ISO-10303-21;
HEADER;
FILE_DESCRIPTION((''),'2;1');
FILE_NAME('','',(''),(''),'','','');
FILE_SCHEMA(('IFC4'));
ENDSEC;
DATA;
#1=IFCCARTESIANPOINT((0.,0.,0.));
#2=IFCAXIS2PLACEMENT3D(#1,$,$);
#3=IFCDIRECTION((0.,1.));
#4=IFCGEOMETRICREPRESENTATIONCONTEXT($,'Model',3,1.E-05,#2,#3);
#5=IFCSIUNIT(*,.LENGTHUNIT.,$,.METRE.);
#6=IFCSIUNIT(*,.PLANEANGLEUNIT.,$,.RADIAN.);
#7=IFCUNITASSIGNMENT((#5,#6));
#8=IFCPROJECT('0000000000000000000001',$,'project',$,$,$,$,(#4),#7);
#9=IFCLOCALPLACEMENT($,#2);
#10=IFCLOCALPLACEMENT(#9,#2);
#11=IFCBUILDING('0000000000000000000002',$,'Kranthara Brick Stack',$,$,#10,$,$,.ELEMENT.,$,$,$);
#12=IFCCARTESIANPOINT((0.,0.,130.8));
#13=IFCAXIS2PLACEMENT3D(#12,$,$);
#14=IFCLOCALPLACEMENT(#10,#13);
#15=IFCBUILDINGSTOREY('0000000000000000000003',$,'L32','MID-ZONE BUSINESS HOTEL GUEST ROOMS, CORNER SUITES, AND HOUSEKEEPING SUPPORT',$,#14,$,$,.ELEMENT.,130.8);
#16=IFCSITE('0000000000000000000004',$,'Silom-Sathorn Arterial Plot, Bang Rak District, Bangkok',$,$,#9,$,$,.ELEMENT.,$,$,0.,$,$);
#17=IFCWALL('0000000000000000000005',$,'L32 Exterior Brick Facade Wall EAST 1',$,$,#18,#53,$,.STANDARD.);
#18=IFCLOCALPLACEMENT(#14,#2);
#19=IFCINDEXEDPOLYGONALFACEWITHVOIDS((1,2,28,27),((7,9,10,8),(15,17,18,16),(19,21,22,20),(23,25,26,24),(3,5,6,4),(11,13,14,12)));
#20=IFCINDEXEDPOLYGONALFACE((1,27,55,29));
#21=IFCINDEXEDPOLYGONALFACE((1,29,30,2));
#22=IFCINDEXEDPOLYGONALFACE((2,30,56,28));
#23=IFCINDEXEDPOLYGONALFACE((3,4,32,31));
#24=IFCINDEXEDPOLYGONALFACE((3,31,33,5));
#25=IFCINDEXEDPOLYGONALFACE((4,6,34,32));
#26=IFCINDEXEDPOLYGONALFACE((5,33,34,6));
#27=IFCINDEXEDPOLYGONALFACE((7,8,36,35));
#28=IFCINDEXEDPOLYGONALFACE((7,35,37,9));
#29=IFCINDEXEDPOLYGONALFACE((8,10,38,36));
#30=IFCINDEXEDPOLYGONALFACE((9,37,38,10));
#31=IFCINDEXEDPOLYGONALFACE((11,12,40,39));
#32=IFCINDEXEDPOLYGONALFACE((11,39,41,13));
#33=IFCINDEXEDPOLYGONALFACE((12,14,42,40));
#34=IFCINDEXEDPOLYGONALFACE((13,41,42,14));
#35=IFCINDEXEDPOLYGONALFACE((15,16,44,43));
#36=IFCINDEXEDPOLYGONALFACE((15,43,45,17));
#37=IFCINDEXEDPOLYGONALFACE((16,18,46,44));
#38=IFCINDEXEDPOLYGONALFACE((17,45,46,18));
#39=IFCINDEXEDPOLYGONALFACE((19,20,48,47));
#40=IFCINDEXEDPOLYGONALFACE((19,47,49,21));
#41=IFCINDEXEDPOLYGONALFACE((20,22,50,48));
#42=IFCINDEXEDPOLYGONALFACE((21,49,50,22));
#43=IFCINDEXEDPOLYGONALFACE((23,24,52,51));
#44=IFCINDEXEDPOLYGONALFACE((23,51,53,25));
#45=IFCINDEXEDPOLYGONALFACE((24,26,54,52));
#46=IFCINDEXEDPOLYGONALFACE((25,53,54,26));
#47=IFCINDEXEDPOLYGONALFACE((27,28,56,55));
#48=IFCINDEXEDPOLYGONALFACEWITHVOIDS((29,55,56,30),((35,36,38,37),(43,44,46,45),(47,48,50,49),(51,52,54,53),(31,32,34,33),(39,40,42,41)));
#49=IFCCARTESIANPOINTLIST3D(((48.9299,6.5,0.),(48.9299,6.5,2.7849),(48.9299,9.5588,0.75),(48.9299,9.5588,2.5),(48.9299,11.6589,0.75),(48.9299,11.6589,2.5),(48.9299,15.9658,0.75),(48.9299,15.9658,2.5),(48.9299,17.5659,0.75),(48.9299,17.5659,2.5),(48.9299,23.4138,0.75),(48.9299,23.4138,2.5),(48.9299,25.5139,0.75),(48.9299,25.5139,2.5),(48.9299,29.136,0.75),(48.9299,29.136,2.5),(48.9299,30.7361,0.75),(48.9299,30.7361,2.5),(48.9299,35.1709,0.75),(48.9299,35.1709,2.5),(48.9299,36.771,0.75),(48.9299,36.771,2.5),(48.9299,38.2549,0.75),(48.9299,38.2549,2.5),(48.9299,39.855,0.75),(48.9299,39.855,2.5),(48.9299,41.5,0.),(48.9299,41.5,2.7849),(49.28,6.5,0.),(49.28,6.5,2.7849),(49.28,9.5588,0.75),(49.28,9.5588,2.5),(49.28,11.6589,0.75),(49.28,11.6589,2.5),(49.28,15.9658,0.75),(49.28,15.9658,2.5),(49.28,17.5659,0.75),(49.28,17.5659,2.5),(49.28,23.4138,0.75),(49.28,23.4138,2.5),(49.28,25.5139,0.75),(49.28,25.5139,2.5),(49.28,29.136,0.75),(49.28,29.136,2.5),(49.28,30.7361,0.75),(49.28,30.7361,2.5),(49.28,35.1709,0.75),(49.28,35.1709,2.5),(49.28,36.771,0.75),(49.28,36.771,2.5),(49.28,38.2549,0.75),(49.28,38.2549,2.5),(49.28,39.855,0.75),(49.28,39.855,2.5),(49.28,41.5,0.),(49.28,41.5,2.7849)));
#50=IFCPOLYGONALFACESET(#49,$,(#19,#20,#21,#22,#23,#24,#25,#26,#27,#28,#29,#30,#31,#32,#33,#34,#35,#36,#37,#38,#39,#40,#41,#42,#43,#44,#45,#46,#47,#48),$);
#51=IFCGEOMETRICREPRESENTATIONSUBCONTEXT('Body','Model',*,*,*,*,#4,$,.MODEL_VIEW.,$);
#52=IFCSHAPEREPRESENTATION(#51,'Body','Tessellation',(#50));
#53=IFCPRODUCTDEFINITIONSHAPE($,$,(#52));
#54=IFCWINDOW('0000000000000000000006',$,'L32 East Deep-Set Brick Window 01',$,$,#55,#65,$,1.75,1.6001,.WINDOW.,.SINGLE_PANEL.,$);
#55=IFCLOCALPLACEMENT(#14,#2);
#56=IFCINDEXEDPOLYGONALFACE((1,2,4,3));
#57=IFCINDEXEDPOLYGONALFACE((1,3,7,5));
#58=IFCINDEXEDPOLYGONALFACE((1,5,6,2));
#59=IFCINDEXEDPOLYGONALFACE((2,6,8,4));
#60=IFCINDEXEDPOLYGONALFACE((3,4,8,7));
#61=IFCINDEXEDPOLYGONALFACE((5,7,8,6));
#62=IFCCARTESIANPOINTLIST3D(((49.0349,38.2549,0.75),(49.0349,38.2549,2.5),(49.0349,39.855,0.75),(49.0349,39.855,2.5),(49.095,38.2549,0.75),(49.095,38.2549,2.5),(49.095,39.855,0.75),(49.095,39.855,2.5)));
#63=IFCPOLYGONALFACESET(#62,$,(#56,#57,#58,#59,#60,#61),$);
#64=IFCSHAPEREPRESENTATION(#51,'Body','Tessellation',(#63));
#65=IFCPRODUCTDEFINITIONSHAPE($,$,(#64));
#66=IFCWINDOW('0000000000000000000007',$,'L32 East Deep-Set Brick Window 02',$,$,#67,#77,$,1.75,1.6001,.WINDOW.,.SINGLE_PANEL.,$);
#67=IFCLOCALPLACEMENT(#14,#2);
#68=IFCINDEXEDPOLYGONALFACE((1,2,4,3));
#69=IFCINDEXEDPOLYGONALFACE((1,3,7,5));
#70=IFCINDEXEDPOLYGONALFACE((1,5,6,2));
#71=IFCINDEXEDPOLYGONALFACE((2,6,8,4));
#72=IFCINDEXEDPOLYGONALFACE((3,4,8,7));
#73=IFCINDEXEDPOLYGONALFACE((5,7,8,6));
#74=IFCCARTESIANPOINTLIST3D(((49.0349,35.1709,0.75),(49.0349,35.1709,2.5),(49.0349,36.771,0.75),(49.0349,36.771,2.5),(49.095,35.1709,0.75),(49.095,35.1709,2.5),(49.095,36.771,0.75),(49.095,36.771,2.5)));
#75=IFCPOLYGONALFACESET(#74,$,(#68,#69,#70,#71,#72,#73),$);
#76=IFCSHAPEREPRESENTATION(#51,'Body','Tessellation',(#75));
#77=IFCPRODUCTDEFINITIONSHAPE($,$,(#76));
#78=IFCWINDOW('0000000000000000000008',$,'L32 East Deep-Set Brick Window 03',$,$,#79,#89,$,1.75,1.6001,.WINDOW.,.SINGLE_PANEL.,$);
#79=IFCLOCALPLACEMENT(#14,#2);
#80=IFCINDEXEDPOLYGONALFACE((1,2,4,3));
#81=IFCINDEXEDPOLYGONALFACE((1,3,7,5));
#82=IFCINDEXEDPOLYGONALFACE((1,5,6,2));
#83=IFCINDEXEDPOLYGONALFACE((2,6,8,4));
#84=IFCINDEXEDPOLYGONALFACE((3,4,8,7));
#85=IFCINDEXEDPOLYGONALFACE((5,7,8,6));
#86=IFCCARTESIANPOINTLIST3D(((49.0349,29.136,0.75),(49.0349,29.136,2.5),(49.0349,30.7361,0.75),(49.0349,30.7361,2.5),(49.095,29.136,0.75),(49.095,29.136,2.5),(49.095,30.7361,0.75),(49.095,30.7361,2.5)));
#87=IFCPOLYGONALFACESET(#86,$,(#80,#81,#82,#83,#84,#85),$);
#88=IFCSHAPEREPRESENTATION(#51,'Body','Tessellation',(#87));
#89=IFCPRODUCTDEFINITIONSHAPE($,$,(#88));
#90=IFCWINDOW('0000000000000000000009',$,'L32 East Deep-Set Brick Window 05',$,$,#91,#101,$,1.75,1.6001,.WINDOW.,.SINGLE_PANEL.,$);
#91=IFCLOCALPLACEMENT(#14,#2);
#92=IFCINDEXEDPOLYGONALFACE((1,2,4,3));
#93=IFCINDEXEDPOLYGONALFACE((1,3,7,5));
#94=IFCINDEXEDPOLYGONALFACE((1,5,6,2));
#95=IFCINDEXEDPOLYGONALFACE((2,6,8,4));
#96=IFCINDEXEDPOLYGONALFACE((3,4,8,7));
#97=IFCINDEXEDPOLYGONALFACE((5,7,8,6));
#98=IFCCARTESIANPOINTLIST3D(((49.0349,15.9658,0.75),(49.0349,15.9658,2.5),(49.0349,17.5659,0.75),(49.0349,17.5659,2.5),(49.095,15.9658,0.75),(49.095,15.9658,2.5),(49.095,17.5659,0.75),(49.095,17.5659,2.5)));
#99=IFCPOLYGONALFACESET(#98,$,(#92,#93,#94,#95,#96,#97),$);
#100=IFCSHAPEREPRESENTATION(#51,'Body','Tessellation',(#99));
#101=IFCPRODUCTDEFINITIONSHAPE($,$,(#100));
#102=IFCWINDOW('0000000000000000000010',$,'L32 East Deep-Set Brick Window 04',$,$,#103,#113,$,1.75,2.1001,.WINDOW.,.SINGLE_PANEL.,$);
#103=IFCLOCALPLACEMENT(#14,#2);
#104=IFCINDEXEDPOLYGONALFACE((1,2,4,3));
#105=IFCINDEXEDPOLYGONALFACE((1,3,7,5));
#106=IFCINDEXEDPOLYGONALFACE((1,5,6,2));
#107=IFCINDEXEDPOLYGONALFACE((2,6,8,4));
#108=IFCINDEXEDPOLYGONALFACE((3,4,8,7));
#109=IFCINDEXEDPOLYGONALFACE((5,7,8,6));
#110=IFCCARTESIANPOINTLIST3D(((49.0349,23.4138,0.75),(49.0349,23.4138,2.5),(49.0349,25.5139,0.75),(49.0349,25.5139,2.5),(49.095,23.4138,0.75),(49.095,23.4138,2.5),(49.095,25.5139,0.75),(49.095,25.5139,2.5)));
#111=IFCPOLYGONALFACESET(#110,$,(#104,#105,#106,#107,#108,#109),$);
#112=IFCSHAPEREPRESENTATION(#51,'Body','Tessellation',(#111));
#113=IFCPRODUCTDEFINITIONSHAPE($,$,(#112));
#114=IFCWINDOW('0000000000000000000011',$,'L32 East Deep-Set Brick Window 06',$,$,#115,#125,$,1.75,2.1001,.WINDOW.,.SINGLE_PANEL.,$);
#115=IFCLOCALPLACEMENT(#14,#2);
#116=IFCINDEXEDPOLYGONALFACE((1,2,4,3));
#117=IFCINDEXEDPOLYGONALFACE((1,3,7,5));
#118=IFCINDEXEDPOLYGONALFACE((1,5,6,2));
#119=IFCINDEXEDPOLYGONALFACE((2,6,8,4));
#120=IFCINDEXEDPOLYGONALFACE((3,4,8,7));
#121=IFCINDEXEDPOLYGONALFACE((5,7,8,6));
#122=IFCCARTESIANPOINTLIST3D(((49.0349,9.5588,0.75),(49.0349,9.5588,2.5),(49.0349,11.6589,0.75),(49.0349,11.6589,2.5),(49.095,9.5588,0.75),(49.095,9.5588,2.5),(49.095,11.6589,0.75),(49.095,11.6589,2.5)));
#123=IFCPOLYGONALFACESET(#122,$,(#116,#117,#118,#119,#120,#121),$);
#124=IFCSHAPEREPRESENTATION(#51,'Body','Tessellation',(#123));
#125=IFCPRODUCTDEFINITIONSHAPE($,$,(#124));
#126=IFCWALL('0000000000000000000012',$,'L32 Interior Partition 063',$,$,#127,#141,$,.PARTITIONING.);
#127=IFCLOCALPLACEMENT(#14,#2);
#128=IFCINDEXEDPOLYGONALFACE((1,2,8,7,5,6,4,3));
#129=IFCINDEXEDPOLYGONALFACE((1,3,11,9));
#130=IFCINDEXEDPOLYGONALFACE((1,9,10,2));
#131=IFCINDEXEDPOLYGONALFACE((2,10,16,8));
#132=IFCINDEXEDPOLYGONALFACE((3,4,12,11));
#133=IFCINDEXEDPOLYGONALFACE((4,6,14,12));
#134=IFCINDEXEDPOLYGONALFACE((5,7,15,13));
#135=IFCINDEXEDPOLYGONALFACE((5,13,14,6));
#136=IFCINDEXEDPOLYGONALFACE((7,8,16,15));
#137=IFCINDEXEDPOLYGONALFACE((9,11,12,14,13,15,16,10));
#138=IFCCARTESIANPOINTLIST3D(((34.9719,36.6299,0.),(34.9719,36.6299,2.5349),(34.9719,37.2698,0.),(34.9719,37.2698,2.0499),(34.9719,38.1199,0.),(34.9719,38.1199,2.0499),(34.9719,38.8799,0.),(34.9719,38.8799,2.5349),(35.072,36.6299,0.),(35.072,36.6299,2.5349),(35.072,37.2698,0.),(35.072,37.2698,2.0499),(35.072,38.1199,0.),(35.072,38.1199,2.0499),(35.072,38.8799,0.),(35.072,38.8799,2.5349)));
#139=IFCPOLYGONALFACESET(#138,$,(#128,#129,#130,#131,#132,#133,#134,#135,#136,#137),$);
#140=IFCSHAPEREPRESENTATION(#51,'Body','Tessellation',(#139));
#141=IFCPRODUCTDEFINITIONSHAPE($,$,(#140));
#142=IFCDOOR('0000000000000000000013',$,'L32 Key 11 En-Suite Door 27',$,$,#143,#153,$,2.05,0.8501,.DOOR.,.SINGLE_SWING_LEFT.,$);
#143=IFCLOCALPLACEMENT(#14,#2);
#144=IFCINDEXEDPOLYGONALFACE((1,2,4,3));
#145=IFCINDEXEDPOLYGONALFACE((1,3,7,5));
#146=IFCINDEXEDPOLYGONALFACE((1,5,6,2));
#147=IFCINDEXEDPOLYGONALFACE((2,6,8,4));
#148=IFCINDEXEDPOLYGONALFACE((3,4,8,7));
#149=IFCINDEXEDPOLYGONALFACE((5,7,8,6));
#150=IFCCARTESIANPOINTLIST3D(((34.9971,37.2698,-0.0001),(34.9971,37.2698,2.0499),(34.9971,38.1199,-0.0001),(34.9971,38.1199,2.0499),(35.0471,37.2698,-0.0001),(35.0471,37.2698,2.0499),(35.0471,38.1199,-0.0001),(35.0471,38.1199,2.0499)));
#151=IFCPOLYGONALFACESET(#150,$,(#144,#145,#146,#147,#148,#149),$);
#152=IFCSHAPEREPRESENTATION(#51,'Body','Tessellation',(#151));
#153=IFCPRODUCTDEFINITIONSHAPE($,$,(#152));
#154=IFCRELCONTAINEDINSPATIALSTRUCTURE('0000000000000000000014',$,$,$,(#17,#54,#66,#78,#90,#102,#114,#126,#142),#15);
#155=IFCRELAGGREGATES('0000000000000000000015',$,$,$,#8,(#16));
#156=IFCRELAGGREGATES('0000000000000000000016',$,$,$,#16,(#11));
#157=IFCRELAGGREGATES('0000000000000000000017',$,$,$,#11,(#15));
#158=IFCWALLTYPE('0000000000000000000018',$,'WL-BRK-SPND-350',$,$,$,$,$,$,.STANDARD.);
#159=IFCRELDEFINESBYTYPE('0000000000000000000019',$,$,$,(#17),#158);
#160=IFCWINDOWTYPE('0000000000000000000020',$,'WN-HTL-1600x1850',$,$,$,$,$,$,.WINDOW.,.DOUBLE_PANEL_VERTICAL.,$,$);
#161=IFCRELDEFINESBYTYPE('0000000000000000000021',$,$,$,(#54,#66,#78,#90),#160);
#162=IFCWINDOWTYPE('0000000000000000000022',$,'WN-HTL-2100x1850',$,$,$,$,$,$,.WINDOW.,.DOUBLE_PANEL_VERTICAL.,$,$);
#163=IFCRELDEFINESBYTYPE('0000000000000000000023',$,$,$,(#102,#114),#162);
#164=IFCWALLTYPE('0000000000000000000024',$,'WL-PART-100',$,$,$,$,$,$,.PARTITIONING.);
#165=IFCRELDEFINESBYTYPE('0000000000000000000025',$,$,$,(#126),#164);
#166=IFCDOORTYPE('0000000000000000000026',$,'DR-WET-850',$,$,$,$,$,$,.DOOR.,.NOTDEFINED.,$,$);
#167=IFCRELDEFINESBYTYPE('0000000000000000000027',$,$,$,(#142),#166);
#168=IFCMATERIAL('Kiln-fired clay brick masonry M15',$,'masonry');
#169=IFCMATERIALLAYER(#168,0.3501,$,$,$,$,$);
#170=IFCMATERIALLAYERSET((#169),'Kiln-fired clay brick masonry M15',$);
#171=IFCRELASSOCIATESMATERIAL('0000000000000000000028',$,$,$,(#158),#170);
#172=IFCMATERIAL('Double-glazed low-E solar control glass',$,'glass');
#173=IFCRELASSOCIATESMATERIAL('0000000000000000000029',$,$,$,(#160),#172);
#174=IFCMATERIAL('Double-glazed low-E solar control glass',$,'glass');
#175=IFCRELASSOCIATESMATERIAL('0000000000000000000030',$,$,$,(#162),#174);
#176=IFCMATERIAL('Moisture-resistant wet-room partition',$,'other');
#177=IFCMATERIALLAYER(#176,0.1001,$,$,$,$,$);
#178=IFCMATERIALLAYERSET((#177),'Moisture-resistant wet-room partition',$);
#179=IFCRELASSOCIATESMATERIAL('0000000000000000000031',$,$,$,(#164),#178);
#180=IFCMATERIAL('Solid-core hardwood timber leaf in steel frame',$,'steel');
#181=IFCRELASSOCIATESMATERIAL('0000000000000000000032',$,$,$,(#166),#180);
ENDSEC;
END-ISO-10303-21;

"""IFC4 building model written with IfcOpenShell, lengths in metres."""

from ifc_helpers import new_model, si_unit, direction, frame, frame_2d, origin, place, context, subcontext, project, spatial, rectangle, extrude, material, layer, layer_set, type_object, element, fill, save


model = new_model("IFC4")

# Units and contexts
model_context = context("Model", 3, precision=1e-05, world=origin(), true_north=direction((0.0, 1.0)))
body_context = subcontext(model_context, "Body", "Model", "MODEL_VIEW")
ifc_project = project(units=[si_unit("LENGTHUNIT", "METRE"), si_unit("PLANEANGLEUNIT", "RADIAN")], contexts=[model_context])

# Site, building, storey
site_placement = place(None, origin())
site = spatial("IfcSite", under=ifc_project, at=site_placement, Name="Silom-Sathorn Arterial Plot, Bang Rak District, Bangkok", CompositionType="ELEMENT", RefElevation=0.0)
building_placement = place(site_placement, origin())
building = spatial("IfcBuilding", under=site, at=building_placement, Name="Kranthara Brick Stack", CompositionType="ELEMENT")
storey_placement = place(building_placement, frame((0.0, 0.0, 130.8)))
storey = spatial("IfcBuildingStorey", under=building, at=storey_placement, Name="L32", Description="MID-ZONE BUSINESS HOTEL GUEST ROOMS, CORNER SUITES, AND HOUSEKEEPING SUPPORT", CompositionType="ELEMENT", Elevation=130.8)

# Shared definitions
ifc_material_1 = material(Name="Kiln-fired clay brick masonry M15", Category="masonry")
ifc_layer_1 = layer(ifc_material_1, 0.3501)
ifc_layer_set_1 = layer_set([ifc_layer_1], Name="Kiln-fired clay brick masonry M15")
wall_type_1 = type_object("IfcWallType", Name="WL-BRK-SPND-350", PredefinedType="STANDARD", material=ifc_layer_set_1)

# Wall, openings, windows
wall_1_placement = place(storey_placement, frame((49.105, 41.5, 0.0), z_axis=(0.0, 0.0, 1.0), x_axis=(0.0, -1.0, 0.0)))
wall_1 = element("IfcWall", 1, at=wall_1_placement, inside=storey, type_object=wall_type_1, Name="L32 Exterior Brick Facade Wall EAST 1", PredefinedType="STANDARD", context=body_context, shape_type="SweptSolid", body=[
    extrude(rectangle(XDim=35.0, YDim=0.3501, at=frame_2d((17.5, 0.0))), origin(), (0.0, 0.0, 1.0), 2.7849),
])
opening_1_placement = place(wall_1_placement, frame((1.645, 0.0, 0.75)))
opening_1 = element("IfcOpeningElement", 2, at=opening_1_placement, cuts=wall_1, PredefinedType="OPENING", context=body_context, shape_type="SweptSolid", body=[
    extrude(rectangle(XDim=1.6001, YDim=1.75, at=frame_2d((0.8, 0.875))), frame((0.0, 0.1851, 0.0), z_axis=(0.0, -1.0, 0.0), x_axis=(1.0, 0.0, 0.0)), (0.0, 0.0, 1.0), 0.3701),
])
opening_2_placement = place(wall_1_placement, frame((4.729, 0.0, 0.75)))
opening_2 = element("IfcOpeningElement", 3, at=opening_2_placement, cuts=wall_1, PredefinedType="OPENING", context=body_context, shape_type="SweptSolid", body=[
    extrude(rectangle(XDim=1.6001, YDim=1.75, at=frame_2d((0.8, 0.875))), frame((0.0, 0.1851, 0.0), z_axis=(0.0, -1.0, 0.0), x_axis=(1.0, 0.0, 0.0)), (0.0, 0.0, 1.0), 0.3701),
])
opening_3_placement = place(wall_1_placement, frame((10.7639, 0.0, 0.75)))
opening_3 = element("IfcOpeningElement", 4, at=opening_3_placement, cuts=wall_1, PredefinedType="OPENING", context=body_context, shape_type="SweptSolid", body=[
    extrude(rectangle(XDim=1.6001, YDim=1.75, at=frame_2d((0.8, 0.875))), frame((0.0, 0.1851, 0.0), z_axis=(0.0, -1.0, 0.0), x_axis=(1.0, 0.0, 0.0)), (0.0, 0.0, 1.0), 0.3701),
])
opening_4_placement = place(wall_1_placement, frame((15.9861, 0.0, 0.75)))
opening_4 = element("IfcOpeningElement", 5, at=opening_4_placement, cuts=wall_1, PredefinedType="OPENING", context=body_context, shape_type="SweptSolid", body=[
    extrude(rectangle(XDim=2.1001, YDim=1.75, at=frame_2d((1.05, 0.875))), frame((0.0, 0.1851, 0.0), z_axis=(0.0, -1.0, 0.0), x_axis=(1.0, 0.0, 0.0)), (0.0, 0.0, 1.0), 0.3701),
])
opening_5_placement = place(wall_1_placement, frame((23.9341, 0.0, 0.75)))
opening_5 = element("IfcOpeningElement", 6, at=opening_5_placement, cuts=wall_1, PredefinedType="OPENING", context=body_context, shape_type="SweptSolid", body=[
    extrude(rectangle(XDim=1.6001, YDim=1.75, at=frame_2d((0.8, 0.875))), frame((0.0, 0.1851, 0.0), z_axis=(0.0, -1.0, 0.0), x_axis=(1.0, 0.0, 0.0)), (0.0, 0.0, 1.0), 0.3701),
])
opening_6_placement = place(wall_1_placement, frame((29.8411, 0.0, 0.75)))
opening_6 = element("IfcOpeningElement", 7, at=opening_6_placement, cuts=wall_1, PredefinedType="OPENING", context=body_context, shape_type="SweptSolid", body=[
    extrude(rectangle(XDim=2.1001, YDim=1.75, at=frame_2d((1.05, 0.875))), frame((0.0, 0.1851, 0.0), z_axis=(0.0, -1.0, 0.0), x_axis=(1.0, 0.0, 0.0)), (0.0, 0.0, 1.0), 0.3701),
])
ifc_material_2 = material(Name="Double-glazed low-E solar control glass", Category="glass")
window_type_1 = type_object("IfcWindowType", Name="WN-HTL-1600x1850", PartitioningType="DOUBLE_PANEL_VERTICAL", PredefinedType="WINDOW", material=ifc_material_2)
window_1_placement = place(opening_1_placement, origin())
window_1 = element("IfcWindow", 8, at=window_1_placement, inside=storey, type_object=window_type_1, Name="L32 East Deep-Set Brick Window 01", OverallHeight=1.75, OverallWidth=1.6001, PartitioningType="SINGLE_PANEL", PredefinedType="WINDOW", context=body_context, shape_type="SweptSolid", body=[
    extrude(rectangle(XDim=1.6001, YDim=1.75, at=frame_2d((0.8, 0.875))), frame((0.0, -0.01, 0.0), z_axis=(0.0, -1.0, 0.0), x_axis=(1.0, 0.0, 0.0)), (0.0, 0.0, 1.0), 0.0601),
])
fill(opening_1, window_1)
window_2_placement = place(opening_2_placement, origin())
window_2 = element("IfcWindow", 9, at=window_2_placement, inside=storey, type_object=window_type_1, Name="L32 East Deep-Set Brick Window 02", OverallHeight=1.75, OverallWidth=1.6001, PartitioningType="SINGLE_PANEL", PredefinedType="WINDOW", context=body_context, shape_type="SweptSolid", body=[
    extrude(rectangle(XDim=1.6001, YDim=1.75, at=frame_2d((0.8, 0.875))), frame((0.0, -0.01, 0.0), z_axis=(0.0, -1.0, 0.0), x_axis=(1.0, 0.0, 0.0)), (0.0, 0.0, 1.0), 0.0601),
])
fill(opening_2, window_2)
window_3_placement = place(opening_3_placement, origin())
window_3 = element("IfcWindow", 10, at=window_3_placement, inside=storey, type_object=window_type_1, Name="L32 East Deep-Set Brick Window 03", OverallHeight=1.75, OverallWidth=1.6001, PartitioningType="SINGLE_PANEL", PredefinedType="WINDOW", context=body_context, shape_type="SweptSolid", body=[
    extrude(rectangle(XDim=1.6001, YDim=1.75, at=frame_2d((0.8, 0.875))), frame((0.0, -0.01, 0.0), z_axis=(0.0, -1.0, 0.0), x_axis=(1.0, 0.0, 0.0)), (0.0, 0.0, 1.0), 0.0601),
])
fill(opening_3, window_3)
window_4_placement = place(opening_5_placement, origin())
window_4 = element("IfcWindow", 11, at=window_4_placement, inside=storey, type_object=window_type_1, Name="L32 East Deep-Set Brick Window 05", OverallHeight=1.75, OverallWidth=1.6001, PartitioningType="SINGLE_PANEL", PredefinedType="WINDOW", context=body_context, shape_type="SweptSolid", body=[
    extrude(rectangle(XDim=1.6001, YDim=1.75, at=frame_2d((0.8, 0.875))), frame((0.0, -0.01, 0.0), z_axis=(0.0, -1.0, 0.0), x_axis=(1.0, 0.0, 0.0)), (0.0, 0.0, 1.0), 0.0601),
])
fill(opening_5, window_4)
ifc_material_3 = material(Name="Double-glazed low-E solar control glass", Category="glass")
window_type_2 = type_object("IfcWindowType", Name="WN-HTL-2100x1850", PartitioningType="DOUBLE_PANEL_VERTICAL", PredefinedType="WINDOW", material=ifc_material_3)
window_5_placement = place(opening_4_placement, origin())
window_5 = element("IfcWindow", 12, at=window_5_placement, inside=storey, type_object=window_type_2, Name="L32 East Deep-Set Brick Window 04", OverallHeight=1.75, OverallWidth=2.1001, PartitioningType="SINGLE_PANEL", PredefinedType="WINDOW", context=body_context, shape_type="SweptSolid", body=[
    extrude(rectangle(XDim=2.1001, YDim=1.75, at=frame_2d((1.05, 0.875))), frame((0.0, -0.01, 0.0), z_axis=(0.0, -1.0, 0.0), x_axis=(1.0, 0.0, 0.0)), (0.0, 0.0, 1.0), 0.0601),
])
fill(opening_4, window_5)
window_6_placement = place(opening_6_placement, origin())
window_6 = element("IfcWindow", 13, at=window_6_placement, inside=storey, type_object=window_type_2, Name="L32 East Deep-Set Brick Window 06", OverallHeight=1.75, OverallWidth=2.1001, PartitioningType="SINGLE_PANEL", PredefinedType="WINDOW", context=body_context, shape_type="SweptSolid", body=[
    extrude(rectangle(XDim=2.1001, YDim=1.75, at=frame_2d((1.05, 0.875))), frame((0.0, -0.01, 0.0), z_axis=(0.0, -1.0, 0.0), x_axis=(1.0, 0.0, 0.0)), (0.0, 0.0, 1.0), 0.0601),
])
fill(opening_6, window_6)

# Wall, opening, door
ifc_material_4 = material(Name="Moisture-resistant wet-room partition", Category="other")
ifc_layer_2 = layer(ifc_material_4, 0.1001)
ifc_layer_set_2 = layer_set([ifc_layer_2], Name="Moisture-resistant wet-room partition")
wall_type_2 = type_object("IfcWallType", Name="WL-PART-100", PredefinedType="PARTITIONING", material=ifc_layer_set_2)
wall_2_placement = place(storey_placement, frame((35.022, 36.6299, 0.0), z_axis=(0.0, 0.0, 1.0), x_axis=(0.0, 1.0, 0.0)))
wall_2 = element("IfcWall", 14, at=wall_2_placement, inside=storey, type_object=wall_type_2, Name="L32 Interior Partition 063", PredefinedType="PARTITIONING", context=body_context, shape_type="SweptSolid", body=[
    extrude(rectangle(XDim=2.25, YDim=0.1001, at=frame_2d((1.125, 0.0))), origin(), (0.0, 0.0, 1.0), 2.5349),
])
opening_7_placement = place(wall_2_placement, frame((0.6399, 0.0, 0.0)))
opening_7 = element("IfcOpeningElement", 15, at=opening_7_placement, cuts=wall_2, PredefinedType="OPENING", context=body_context, shape_type="SweptSolid", body=[
    extrude(rectangle(XDim=0.8501, YDim=2.05, at=frame_2d((0.425, 1.0249))), frame((0.0, 0.0601, 0.0), z_axis=(0.0, -1.0, 0.0), x_axis=(1.0, 0.0, 0.0)), (0.0, 0.0, 1.0), 0.1201),
])
ifc_material_5 = material(Name="Solid-core hardwood timber leaf in steel frame", Category="steel")
door_type_1 = type_object("IfcDoorType", Name="DR-WET-850", OperationType="NOTDEFINED", PredefinedType="DOOR", material=ifc_material_5)
door_1_placement = place(opening_7_placement, origin())
door_1 = element("IfcDoor", 16, at=door_1_placement, inside=storey, type_object=door_type_1, Name="L32 Key 11 En-Suite Door 27", OperationType="SINGLE_SWING_LEFT", OverallHeight=2.05, OverallWidth=0.8501, PredefinedType="DOOR", context=body_context, shape_type="SweptSolid", body=[
    extrude(rectangle(XDim=0.8501, YDim=2.05, at=frame_2d((0.425, 1.0249))), frame((0.0, 0.0249, 0.0), z_axis=(0.0, -1.0, 0.0), x_axis=(1.0, 0.0, 0.0)), (0.0, 0.0, 1.0), 0.05),
])
fill(opening_7, door_1)

save(model, "model.ifc")
